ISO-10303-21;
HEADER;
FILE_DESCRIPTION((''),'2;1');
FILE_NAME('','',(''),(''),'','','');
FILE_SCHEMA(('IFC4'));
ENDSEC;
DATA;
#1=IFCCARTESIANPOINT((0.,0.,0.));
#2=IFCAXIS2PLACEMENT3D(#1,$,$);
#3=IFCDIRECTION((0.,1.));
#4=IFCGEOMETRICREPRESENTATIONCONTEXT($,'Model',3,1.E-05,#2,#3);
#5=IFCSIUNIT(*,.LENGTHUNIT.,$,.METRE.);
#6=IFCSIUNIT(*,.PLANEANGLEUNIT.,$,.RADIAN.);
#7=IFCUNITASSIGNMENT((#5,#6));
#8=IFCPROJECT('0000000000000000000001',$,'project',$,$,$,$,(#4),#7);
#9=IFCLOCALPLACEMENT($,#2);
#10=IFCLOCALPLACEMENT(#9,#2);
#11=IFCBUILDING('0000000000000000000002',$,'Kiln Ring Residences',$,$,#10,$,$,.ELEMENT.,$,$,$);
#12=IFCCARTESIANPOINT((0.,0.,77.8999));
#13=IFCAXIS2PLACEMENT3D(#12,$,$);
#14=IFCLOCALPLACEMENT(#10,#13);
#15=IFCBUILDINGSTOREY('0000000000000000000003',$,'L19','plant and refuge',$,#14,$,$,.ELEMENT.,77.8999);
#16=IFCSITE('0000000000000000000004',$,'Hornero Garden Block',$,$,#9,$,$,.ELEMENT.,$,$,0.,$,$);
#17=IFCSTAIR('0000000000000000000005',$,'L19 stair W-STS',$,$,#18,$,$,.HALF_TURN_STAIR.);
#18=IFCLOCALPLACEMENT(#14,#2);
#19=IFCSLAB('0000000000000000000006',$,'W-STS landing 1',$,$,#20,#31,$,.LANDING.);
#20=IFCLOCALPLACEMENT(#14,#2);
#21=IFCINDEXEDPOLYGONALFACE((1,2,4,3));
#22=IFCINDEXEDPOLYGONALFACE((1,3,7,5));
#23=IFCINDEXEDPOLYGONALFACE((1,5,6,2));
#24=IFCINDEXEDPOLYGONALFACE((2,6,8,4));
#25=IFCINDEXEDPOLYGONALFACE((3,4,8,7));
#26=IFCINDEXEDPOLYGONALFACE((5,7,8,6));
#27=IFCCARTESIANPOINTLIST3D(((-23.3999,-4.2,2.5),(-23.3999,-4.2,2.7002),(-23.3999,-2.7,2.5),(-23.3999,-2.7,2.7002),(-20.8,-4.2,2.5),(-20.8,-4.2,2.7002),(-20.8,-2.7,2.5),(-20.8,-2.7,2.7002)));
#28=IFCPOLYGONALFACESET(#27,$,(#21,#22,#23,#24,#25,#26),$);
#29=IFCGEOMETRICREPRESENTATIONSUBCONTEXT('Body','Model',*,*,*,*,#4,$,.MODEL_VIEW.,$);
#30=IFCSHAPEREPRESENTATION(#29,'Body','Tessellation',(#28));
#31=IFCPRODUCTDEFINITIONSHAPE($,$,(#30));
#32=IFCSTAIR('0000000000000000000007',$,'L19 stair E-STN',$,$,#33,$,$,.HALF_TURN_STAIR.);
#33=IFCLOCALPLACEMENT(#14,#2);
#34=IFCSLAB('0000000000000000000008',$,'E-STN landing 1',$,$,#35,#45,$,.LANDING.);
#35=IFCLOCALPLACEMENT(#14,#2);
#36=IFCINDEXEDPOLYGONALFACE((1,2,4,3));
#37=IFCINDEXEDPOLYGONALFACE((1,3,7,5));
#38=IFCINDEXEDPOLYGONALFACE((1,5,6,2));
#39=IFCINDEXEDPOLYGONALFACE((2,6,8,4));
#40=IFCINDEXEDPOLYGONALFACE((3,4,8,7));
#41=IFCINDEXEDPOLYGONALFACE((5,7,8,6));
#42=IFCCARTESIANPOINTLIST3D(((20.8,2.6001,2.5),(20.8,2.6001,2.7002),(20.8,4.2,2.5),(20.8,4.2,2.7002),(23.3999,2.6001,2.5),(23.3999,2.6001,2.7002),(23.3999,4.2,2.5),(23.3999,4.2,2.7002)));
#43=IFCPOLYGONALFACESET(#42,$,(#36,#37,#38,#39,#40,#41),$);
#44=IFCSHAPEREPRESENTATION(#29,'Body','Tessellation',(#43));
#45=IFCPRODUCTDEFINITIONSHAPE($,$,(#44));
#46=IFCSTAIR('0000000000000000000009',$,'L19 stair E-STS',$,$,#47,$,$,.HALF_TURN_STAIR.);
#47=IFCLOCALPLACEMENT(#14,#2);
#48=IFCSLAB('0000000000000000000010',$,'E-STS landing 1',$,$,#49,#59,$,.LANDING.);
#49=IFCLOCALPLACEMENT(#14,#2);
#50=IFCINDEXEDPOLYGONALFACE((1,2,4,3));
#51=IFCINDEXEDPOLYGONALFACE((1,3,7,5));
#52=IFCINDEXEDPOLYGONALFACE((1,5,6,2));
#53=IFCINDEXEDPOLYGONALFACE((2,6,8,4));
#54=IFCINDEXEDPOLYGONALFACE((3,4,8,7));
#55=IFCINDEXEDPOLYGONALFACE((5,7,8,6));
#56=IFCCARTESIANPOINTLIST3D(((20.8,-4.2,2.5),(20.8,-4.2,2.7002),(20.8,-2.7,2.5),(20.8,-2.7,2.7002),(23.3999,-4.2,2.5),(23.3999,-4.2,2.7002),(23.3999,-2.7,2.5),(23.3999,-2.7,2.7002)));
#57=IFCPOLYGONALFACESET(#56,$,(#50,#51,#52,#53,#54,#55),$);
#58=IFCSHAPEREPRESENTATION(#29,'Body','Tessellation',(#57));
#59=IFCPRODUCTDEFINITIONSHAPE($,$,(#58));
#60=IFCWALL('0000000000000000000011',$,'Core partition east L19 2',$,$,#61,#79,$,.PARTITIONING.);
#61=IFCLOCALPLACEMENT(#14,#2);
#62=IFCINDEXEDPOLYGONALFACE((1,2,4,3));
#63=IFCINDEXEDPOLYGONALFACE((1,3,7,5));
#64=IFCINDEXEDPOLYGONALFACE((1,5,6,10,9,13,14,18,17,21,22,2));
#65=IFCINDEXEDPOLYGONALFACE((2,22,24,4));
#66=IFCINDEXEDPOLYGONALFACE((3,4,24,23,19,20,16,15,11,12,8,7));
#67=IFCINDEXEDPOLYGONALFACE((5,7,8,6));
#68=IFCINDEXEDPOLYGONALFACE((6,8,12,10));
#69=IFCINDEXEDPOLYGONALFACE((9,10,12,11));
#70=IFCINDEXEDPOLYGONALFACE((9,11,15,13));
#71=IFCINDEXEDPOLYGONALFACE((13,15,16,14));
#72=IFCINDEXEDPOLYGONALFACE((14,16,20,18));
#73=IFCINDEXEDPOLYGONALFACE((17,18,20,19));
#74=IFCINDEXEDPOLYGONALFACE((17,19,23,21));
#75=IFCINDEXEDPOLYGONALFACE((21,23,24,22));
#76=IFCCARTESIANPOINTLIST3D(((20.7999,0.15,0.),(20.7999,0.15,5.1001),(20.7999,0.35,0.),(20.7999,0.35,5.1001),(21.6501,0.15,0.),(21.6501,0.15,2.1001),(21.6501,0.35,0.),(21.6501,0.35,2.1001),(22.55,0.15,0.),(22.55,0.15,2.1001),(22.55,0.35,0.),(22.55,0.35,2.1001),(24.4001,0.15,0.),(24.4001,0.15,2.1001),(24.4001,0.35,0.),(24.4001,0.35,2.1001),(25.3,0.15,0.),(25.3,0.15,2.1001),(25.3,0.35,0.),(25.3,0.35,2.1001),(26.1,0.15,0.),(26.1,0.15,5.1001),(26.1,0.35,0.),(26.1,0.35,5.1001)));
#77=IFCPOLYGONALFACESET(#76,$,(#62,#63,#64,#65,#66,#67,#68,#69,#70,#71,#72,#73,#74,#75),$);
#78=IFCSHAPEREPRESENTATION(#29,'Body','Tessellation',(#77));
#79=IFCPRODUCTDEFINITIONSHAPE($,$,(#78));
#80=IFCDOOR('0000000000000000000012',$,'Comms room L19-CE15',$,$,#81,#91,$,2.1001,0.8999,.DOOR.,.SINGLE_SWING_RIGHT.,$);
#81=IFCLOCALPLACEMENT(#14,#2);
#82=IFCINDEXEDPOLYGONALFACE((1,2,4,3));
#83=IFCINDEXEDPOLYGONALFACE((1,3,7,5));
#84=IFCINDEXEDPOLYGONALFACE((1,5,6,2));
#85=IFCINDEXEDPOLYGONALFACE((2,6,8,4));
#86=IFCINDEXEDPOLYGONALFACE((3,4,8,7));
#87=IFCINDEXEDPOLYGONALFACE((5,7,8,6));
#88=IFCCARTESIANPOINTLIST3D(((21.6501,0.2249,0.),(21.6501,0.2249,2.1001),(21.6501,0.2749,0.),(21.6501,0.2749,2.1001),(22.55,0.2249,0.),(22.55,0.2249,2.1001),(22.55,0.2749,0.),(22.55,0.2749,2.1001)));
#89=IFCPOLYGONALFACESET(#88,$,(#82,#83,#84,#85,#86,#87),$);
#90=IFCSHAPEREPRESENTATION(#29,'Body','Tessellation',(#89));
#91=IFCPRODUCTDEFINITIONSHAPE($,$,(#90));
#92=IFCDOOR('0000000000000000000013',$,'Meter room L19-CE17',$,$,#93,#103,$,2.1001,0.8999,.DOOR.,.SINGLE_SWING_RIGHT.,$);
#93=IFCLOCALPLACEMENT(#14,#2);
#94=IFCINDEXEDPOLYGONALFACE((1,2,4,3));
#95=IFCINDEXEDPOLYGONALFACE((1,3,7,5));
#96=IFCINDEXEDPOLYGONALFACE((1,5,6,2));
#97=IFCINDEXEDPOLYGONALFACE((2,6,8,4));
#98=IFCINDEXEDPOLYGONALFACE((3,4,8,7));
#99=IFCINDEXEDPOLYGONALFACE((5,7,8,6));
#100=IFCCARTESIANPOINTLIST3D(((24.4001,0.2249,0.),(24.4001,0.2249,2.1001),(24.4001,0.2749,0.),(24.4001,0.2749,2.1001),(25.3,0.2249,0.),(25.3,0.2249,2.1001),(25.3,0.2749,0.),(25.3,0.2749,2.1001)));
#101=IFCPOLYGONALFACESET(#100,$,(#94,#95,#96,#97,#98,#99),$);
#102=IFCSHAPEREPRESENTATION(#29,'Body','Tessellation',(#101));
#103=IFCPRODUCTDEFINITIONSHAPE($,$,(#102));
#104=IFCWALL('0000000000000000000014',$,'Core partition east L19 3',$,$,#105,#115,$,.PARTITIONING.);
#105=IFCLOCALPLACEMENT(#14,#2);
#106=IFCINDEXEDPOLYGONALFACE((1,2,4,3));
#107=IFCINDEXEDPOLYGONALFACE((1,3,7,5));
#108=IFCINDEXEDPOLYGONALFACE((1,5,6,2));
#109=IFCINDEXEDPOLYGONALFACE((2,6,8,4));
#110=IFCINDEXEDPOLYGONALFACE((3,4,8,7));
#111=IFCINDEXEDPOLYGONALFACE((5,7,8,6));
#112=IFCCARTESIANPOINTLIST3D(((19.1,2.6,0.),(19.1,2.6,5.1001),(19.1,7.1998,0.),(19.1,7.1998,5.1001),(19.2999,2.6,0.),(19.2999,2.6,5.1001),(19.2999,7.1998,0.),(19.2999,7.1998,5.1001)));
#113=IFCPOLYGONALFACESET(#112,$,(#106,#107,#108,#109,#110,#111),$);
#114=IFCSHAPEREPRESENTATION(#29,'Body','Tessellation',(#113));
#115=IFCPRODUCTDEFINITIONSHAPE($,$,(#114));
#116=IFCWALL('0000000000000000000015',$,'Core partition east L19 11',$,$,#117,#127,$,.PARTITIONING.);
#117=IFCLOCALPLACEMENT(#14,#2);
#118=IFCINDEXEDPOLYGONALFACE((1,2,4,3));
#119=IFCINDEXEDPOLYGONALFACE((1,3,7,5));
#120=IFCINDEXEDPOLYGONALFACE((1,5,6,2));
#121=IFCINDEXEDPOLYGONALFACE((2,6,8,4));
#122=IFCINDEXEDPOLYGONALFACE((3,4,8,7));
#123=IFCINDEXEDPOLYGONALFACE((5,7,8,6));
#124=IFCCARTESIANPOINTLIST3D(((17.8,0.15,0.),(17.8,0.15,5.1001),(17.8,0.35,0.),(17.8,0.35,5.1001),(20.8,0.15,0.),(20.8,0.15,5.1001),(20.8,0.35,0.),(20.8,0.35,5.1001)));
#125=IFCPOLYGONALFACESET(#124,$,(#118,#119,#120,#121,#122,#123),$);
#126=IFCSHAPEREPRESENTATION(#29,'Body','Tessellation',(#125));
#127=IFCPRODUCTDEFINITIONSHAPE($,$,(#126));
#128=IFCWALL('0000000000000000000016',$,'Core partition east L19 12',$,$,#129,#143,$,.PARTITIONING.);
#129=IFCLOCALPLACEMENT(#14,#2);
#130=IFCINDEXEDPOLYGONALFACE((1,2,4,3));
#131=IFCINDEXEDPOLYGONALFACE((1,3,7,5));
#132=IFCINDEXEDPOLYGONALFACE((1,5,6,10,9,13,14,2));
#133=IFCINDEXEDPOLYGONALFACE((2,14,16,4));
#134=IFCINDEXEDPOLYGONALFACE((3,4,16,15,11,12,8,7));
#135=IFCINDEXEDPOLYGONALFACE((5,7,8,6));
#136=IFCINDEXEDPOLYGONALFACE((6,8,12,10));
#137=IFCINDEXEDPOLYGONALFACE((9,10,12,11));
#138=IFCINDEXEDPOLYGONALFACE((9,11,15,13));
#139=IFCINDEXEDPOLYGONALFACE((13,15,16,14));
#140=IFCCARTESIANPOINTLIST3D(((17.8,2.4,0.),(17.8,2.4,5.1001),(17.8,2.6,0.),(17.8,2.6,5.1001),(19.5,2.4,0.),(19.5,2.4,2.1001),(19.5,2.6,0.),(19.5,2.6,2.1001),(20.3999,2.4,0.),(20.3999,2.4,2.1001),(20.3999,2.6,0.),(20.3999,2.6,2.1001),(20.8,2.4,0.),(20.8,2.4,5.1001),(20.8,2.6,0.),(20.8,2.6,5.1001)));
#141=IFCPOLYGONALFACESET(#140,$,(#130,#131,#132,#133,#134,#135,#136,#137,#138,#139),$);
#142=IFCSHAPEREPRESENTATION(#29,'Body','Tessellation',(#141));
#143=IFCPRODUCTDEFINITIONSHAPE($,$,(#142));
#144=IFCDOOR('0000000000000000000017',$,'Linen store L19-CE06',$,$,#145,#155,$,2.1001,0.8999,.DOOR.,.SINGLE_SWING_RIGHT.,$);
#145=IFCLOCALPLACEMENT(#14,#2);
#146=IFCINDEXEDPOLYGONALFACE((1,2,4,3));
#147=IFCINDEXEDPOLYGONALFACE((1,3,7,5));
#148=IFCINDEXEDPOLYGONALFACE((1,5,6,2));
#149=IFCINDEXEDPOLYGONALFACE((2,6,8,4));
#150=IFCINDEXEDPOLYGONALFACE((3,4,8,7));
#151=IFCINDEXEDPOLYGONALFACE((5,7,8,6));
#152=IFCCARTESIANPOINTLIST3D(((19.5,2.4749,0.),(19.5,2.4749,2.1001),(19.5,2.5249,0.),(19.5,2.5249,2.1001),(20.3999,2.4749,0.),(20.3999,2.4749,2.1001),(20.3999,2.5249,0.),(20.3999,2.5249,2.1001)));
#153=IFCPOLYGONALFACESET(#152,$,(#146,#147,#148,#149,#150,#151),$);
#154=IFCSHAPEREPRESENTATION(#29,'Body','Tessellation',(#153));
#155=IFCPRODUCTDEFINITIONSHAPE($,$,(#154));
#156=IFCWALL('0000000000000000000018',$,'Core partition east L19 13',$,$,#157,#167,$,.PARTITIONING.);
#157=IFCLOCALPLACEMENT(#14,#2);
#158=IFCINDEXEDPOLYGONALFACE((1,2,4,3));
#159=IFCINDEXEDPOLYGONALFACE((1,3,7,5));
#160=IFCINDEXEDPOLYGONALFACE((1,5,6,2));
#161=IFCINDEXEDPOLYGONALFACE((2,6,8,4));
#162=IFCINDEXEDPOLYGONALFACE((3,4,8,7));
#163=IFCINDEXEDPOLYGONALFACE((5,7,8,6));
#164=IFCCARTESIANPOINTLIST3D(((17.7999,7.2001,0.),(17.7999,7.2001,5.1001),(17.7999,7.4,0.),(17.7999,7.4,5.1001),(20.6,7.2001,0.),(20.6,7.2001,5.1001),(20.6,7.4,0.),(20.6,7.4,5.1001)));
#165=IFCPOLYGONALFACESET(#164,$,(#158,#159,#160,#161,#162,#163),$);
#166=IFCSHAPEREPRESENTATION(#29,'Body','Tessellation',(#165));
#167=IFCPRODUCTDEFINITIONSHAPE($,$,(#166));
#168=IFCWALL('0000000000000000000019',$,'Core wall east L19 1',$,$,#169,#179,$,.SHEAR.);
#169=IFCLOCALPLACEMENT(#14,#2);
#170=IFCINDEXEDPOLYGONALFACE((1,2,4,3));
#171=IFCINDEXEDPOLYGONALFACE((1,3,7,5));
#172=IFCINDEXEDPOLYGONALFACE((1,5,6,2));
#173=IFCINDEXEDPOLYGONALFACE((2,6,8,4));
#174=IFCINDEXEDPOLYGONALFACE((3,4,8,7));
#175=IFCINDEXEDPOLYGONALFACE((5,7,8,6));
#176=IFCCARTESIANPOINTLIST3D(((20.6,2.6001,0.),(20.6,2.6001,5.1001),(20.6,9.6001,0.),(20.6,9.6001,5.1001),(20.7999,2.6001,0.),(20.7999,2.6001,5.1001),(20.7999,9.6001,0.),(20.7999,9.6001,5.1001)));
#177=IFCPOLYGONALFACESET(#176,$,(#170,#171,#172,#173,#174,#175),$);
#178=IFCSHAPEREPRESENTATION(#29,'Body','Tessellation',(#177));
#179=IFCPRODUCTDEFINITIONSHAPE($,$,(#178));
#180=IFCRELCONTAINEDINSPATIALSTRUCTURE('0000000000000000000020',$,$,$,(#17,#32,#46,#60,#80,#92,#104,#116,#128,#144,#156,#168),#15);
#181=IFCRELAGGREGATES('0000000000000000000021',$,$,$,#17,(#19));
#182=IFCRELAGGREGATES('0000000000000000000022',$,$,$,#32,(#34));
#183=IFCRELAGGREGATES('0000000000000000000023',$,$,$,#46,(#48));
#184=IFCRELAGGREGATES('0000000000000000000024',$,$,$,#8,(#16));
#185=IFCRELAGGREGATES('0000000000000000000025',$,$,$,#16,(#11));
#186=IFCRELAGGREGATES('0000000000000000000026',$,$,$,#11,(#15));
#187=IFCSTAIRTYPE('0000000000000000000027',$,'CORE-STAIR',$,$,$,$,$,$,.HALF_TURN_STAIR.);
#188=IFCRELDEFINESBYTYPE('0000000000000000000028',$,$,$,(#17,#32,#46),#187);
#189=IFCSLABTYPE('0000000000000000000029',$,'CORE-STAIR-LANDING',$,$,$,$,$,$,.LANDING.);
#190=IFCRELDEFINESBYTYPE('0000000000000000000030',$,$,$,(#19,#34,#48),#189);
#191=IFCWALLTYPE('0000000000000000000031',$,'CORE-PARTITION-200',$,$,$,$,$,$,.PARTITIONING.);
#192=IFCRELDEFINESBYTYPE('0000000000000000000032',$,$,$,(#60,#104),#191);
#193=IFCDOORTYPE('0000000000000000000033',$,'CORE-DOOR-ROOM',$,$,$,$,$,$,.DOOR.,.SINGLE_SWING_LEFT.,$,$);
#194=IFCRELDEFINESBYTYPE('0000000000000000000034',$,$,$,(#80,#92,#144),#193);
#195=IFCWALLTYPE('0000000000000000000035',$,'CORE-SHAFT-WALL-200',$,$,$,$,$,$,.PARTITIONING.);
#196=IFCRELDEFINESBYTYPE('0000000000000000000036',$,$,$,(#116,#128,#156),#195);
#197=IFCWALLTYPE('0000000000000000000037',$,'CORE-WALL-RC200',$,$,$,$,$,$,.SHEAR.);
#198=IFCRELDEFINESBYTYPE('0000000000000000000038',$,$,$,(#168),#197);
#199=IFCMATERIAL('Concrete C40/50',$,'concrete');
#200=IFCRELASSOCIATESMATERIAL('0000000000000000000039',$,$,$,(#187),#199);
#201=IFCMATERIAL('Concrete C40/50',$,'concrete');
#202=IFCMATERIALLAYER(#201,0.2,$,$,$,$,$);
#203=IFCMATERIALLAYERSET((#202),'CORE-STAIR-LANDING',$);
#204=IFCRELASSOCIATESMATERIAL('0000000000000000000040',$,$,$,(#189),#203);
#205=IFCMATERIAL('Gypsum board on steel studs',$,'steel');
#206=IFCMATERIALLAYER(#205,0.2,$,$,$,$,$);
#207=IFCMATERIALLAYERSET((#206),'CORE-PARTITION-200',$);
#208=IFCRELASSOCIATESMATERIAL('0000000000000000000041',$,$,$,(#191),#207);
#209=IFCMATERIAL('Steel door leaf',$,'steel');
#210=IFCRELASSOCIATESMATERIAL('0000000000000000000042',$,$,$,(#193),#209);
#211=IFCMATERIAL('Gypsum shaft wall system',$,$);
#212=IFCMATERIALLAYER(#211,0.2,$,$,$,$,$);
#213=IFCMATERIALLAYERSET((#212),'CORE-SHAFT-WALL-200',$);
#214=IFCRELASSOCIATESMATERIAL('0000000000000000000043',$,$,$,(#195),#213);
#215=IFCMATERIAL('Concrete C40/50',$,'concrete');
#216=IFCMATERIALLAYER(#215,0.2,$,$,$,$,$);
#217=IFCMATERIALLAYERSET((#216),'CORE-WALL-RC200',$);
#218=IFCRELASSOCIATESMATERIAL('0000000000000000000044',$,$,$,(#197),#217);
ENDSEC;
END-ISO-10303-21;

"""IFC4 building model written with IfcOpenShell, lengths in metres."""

from ifc_helpers import new_model, si_unit, direction, frame, frame_2d, origin, place, context, subcontext, project, spatial, polyline, rectangle, outline, extrude, material, layer, layer_set, type_object, element, fill, aggregate, save


model = new_model("IFC4")

# Units and contexts
model_context = context("Model", 3, precision=1e-05, world=origin(), true_north=direction((0.0, 1.0)))
body_context = subcontext(model_context, "Body", "Model", "MODEL_VIEW")
ifc_project = project(units=[si_unit("LENGTHUNIT", "METRE"), si_unit("PLANEANGLEUNIT", "RADIAN")], contexts=[model_context])

# Site, building, storey
site_placement = place(None, origin())
site = spatial("IfcSite", under=ifc_project, at=site_placement, Name="Hornero Garden Block", CompositionType="ELEMENT", RefElevation=0.0)
building_placement = place(site_placement, origin())
building = spatial("IfcBuilding", under=site, at=building_placement, Name="Kiln Ring Residences", CompositionType="ELEMENT")
storey_placement = place(building_placement, frame((0.0, 0.0, 77.8999)))
storey = spatial("IfcBuildingStorey", under=building, at=storey_placement, Name="L19", Description="plant and refuge", CompositionType="ELEMENT", Elevation=77.8999)

# Stairs, slabs
ifc_material_1 = material(Name="Concrete C40/50", Category="concrete")
stair_type = type_object("IfcStairType", Name="CORE-STAIR", PredefinedType="HALF_TURN_STAIR", material=ifc_material_1)
placement_1 = place(storey_placement, origin())
stair_1 = element("IfcStair", 1, at=placement_1, inside=storey, type_object=stair_type, Name="L19 stair W-STS", PredefinedType="HALF_TURN_STAIR")
ifc_material_2 = material(Name="Concrete C40/50", Category="concrete")
ifc_layer_1 = layer(ifc_material_2, 0.2)
ifc_layer_set_1 = layer_set([ifc_layer_1], Name="CORE-STAIR-LANDING")
slab_type = type_object("IfcSlabType", Name="CORE-STAIR-LANDING", PredefinedType="LANDING", material=ifc_layer_set_1)
placement_2 = place(storey_placement, frame((0.0, 0.0, 2.5)))
slab_1 = element("IfcSlab", 2, at=placement_2, type_object=slab_type, Name="W-STS landing 1", PredefinedType="LANDING", context=body_context, shape_type="SweptSolid", body=[
    extrude(outline(polyline([(-20.8, -4.2), (-20.8, -2.7), (-23.3999, -2.7), (-23.3999, -4.2), (-20.8, -4.2)])), origin(), (0.0, 0.0, 1.0), 0.2002),
])
aggregate(stair_1, [slab_1])
stair_2 = element("IfcStair", 3, at=placement_1, inside=storey, type_object=stair_type, Name="L19 stair E-STN", PredefinedType="HALF_TURN_STAIR")
slab_2 = element("IfcSlab", 4, at=placement_2, type_object=slab_type, Name="E-STN landing 1", PredefinedType="LANDING", context=body_context, shape_type="SweptSolid", body=[
    extrude(outline(polyline([(20.8, 4.2), (20.8, 2.6001), (23.3999, 2.6001), (23.3999, 4.2), (20.8, 4.2)])), origin(), (0.0, 0.0, 1.0), 0.2002),
])
aggregate(stair_2, [slab_2])
stair_3 = element("IfcStair", 5, at=placement_1, inside=storey, type_object=stair_type, Name="L19 stair E-STS", PredefinedType="HALF_TURN_STAIR")
slab_3 = element("IfcSlab", 6, at=placement_2, type_object=slab_type, Name="E-STS landing 1", PredefinedType="LANDING", context=body_context, shape_type="SweptSolid", body=[
    extrude(outline(polyline([(23.3999, -4.2), (23.3999, -2.7), (20.8, -2.7), (20.8, -4.2), (23.3999, -4.2)])), origin(), (0.0, 0.0, 1.0), 0.2002),
])
aggregate(stair_3, [slab_3])

# Wall, openings, doors
ifc_material_3 = material(Name="Gypsum board on steel studs", Category="steel")
ifc_layer_2 = layer(ifc_material_3, 0.2)
ifc_layer_set_2 = layer_set([ifc_layer_2], Name="CORE-PARTITION-200")
wall_type_1 = type_object("IfcWallType", Name="CORE-PARTITION-200", PredefinedType="PARTITIONING", material=ifc_layer_set_2)
wall_1_placement = place(storey_placement, frame((20.8, 0.25, 0.0), z_axis=(0.0, 0.0, 1.0), x_axis=(1.0, 0.0, 0.0)))
wall_1 = element("IfcWall", 7, at=wall_1_placement, inside=storey, type_object=wall_type_1, Name="Core partition east L19 2", PredefinedType="PARTITIONING", context=body_context, shape_type="SweptSolid", body=[
    extrude(rectangle(XDim=5.3, YDim=0.2, at=frame_2d((2.6499, 0.0))), origin(), (0.0, 0.0, 1.0), 5.1001),
])
opening_1_placement = place(wall_1_placement, frame((0.8501, 0.0, 0.0)))
opening_1 = element("IfcOpeningElement", 8, at=opening_1_placement, cuts=wall_1, PredefinedType="OPENING", context=body_context, shape_type="SweptSolid", body=[
    extrude(rectangle(XDim=0.8999, YDim=2.1001, at=frame_2d((0.45, 1.05))), frame((0.0, 0.1099, 0.0), z_axis=(0.0, -1.0, 0.0), x_axis=(1.0, 0.0, 0.0)), (0.0, 0.0, 1.0), 0.22),
])
opening_2_placement = place(wall_1_placement, frame((3.6001, 0.0, 0.0)))
opening_2 = element("IfcOpeningElement", 9, at=opening_2_placement, cuts=wall_1, PredefinedType="OPENING", context=body_context, shape_type="SweptSolid", body=[
    extrude(rectangle(XDim=0.8999, YDim=2.1001, at=frame_2d((0.45, 1.05))), frame((0.0, 0.1099, 0.0), z_axis=(0.0, -1.0, 0.0), x_axis=(1.0, 0.0, 0.0)), (0.0, 0.0, 1.0), 0.22),
])
ifc_material_4 = material(Name="Steel door leaf", Category="steel")
door_type = type_object("IfcDoorType", Name="CORE-DOOR-ROOM", OperationType="SINGLE_SWING_LEFT", PredefinedType="DOOR", material=ifc_material_4)
door_1_placement = place(opening_1_placement, origin())
door_1 = element("IfcDoor", 10, at=door_1_placement, inside=storey, type_object=door_type, Name="Comms room L19-CE15", OperationType="SINGLE_SWING_RIGHT", OverallHeight=2.1001, OverallWidth=0.8999, PredefinedType="DOOR", context=body_context, shape_type="SweptSolid", body=[
    extrude(rectangle(XDim=0.8999, YDim=2.1001, at=frame_2d((0.45, 1.05))), frame((0.0, 0.0249, 0.0), z_axis=(0.0, -1.0, 0.0), x_axis=(1.0, 0.0, 0.0)), (0.0, 0.0, 1.0), 0.05),
])
fill(opening_1, door_1)
door_2_placement = place(opening_2_placement, origin())
door_2 = element("IfcDoor", 11, at=door_2_placement, inside=storey, type_object=door_type, Name="Meter room L19-CE17", OperationType="SINGLE_SWING_RIGHT", OverallHeight=2.1001, OverallWidth=0.8999, PredefinedType="DOOR", context=body_context, shape_type="SweptSolid", body=[
    extrude(rectangle(XDim=0.8999, YDim=2.1001, at=frame_2d((0.45, 1.05))), frame((0.0, 0.0249, 0.0), z_axis=(0.0, -1.0, 0.0), x_axis=(1.0, 0.0, 0.0)), (0.0, 0.0, 1.0), 0.05),
])
fill(opening_2, door_2)

# Walls
wall_2_placement = place(storey_placement, frame((19.2, 2.6001, 0.0), z_axis=(0.0, 0.0, 1.0), x_axis=(0.0, 1.0, 0.0)))
element("IfcWall", 12, at=wall_2_placement, inside=storey, type_object=wall_type_1, Name="Core partition east L19 3", PredefinedType="PARTITIONING", context=body_context, shape_type="SweptSolid", body=[
    extrude(rectangle(XDim=4.5999, YDim=0.2, at=frame_2d((2.2998, 0.0))), origin(), (0.0, 0.0, 1.0), 5.1001),
])
ifc_material_5 = material(Name="Gypsum shaft wall system")
ifc_layer_3 = layer(ifc_material_5, 0.2)
ifc_layer_set_3 = layer_set([ifc_layer_3], Name="CORE-SHAFT-WALL-200")
wall_type_2 = type_object("IfcWallType", Name="CORE-SHAFT-WALL-200", PredefinedType="PARTITIONING", material=ifc_layer_set_3)
wall_3_placement = place(storey_placement, frame((17.8, 0.25, 0.0), z_axis=(0.0, 0.0, 1.0), x_axis=(1.0, 0.0, 0.0)))
element("IfcWall", 13, at=wall_3_placement, inside=storey, type_object=wall_type_2, Name="Core partition east L19 11", PredefinedType="PARTITIONING", context=body_context, shape_type="SweptSolid", body=[
    extrude(rectangle(XDim=3.0, YDim=0.2, at=frame_2d((1.5, 0.0))), origin(), (0.0, 0.0, 1.0), 5.1001),
])

# Wall, opening, door
wall_4_placement = place(storey_placement, frame((17.8, 2.5, 0.0), z_axis=(0.0, 0.0, 1.0), x_axis=(1.0, 0.0, 0.0)))
wall_4 = element("IfcWall", 14, at=wall_4_placement, inside=storey, type_object=wall_type_2, Name="Core partition east L19 12", PredefinedType="PARTITIONING", context=body_context, shape_type="SweptSolid", body=[
    extrude(rectangle(XDim=3.0, YDim=0.2, at=frame_2d((1.5, 0.0))), origin(), (0.0, 0.0, 1.0), 5.1001),
])
opening_3_placement = place(wall_4_placement, frame((1.7, 0.0, 0.0)))
opening_3 = element("IfcOpeningElement", 15, at=opening_3_placement, cuts=wall_4, PredefinedType="OPENING", context=body_context, shape_type="SweptSolid", body=[
    extrude(rectangle(XDim=0.8999, YDim=2.1001, at=frame_2d((0.45, 1.05))), frame((0.0, 0.1099, 0.0), z_axis=(0.0, -1.0, 0.0), x_axis=(1.0, 0.0, 0.0)), (0.0, 0.0, 1.0), 0.22),
])
door_3_placement = place(opening_3_placement, origin())
door_3 = element("IfcDoor", 16, at=door_3_placement, inside=storey, type_object=door_type, Name="Linen store L19-CE06", OperationType="SINGLE_SWING_RIGHT", OverallHeight=2.1001, OverallWidth=0.8999, PredefinedType="DOOR", context=body_context, shape_type="SweptSolid", body=[
    extrude(rectangle(XDim=0.8999, YDim=2.1001, at=frame_2d((0.45, 1.05))), frame((0.0, 0.0249, 0.0), z_axis=(0.0, -1.0, 0.0), x_axis=(1.0, 0.0, 0.0)), (0.0, 0.0, 1.0), 0.05),
])
fill(opening_3, door_3)

# Walls
wall_5_placement = place(storey_placement, frame((17.8, 7.3, 0.0), z_axis=(0.0, 0.0, 1.0), x_axis=(1.0, 0.0, 0.0)))
element("IfcWall", 17, at=wall_5_placement, inside=storey, type_object=wall_type_2, Name="Core partition east L19 13", PredefinedType="PARTITIONING", context=body_context, shape_type="SweptSolid", body=[
    extrude(rectangle(XDim=2.8, YDim=0.2, at=frame_2d((1.3999, 0.0))), origin(), (0.0, 0.0, 1.0), 5.1001),
])
ifc_material_6 = material(Name="Concrete C40/50", Category="concrete")
ifc_layer_4 = layer(ifc_material_6, 0.2)
ifc_layer_set_4 = layer_set([ifc_layer_4], Name="CORE-WALL-RC200")
wall_type_3 = type_object("IfcWallType", Name="CORE-WALL-RC200", PredefinedType="SHEAR", material=ifc_layer_set_4)
wall_6_placement = place(storey_placement, frame((20.7, 2.6001, 0.0), z_axis=(0.0, 0.0, 1.0), x_axis=(0.0, 1.0, 0.0)))
element("IfcWall", 18, at=wall_6_placement, inside=storey, type_object=wall_type_3, Name="Core wall east L19 1", PredefinedType="SHEAR", context=body_context, shape_type="SweptSolid", body=[
    extrude(rectangle(XDim=7.0, YDim=0.2, at=frame_2d((3.5, 0.0))), origin(), (0.0, 0.0, 1.0), 5.1001),
])

save(model, "model.ifc")
